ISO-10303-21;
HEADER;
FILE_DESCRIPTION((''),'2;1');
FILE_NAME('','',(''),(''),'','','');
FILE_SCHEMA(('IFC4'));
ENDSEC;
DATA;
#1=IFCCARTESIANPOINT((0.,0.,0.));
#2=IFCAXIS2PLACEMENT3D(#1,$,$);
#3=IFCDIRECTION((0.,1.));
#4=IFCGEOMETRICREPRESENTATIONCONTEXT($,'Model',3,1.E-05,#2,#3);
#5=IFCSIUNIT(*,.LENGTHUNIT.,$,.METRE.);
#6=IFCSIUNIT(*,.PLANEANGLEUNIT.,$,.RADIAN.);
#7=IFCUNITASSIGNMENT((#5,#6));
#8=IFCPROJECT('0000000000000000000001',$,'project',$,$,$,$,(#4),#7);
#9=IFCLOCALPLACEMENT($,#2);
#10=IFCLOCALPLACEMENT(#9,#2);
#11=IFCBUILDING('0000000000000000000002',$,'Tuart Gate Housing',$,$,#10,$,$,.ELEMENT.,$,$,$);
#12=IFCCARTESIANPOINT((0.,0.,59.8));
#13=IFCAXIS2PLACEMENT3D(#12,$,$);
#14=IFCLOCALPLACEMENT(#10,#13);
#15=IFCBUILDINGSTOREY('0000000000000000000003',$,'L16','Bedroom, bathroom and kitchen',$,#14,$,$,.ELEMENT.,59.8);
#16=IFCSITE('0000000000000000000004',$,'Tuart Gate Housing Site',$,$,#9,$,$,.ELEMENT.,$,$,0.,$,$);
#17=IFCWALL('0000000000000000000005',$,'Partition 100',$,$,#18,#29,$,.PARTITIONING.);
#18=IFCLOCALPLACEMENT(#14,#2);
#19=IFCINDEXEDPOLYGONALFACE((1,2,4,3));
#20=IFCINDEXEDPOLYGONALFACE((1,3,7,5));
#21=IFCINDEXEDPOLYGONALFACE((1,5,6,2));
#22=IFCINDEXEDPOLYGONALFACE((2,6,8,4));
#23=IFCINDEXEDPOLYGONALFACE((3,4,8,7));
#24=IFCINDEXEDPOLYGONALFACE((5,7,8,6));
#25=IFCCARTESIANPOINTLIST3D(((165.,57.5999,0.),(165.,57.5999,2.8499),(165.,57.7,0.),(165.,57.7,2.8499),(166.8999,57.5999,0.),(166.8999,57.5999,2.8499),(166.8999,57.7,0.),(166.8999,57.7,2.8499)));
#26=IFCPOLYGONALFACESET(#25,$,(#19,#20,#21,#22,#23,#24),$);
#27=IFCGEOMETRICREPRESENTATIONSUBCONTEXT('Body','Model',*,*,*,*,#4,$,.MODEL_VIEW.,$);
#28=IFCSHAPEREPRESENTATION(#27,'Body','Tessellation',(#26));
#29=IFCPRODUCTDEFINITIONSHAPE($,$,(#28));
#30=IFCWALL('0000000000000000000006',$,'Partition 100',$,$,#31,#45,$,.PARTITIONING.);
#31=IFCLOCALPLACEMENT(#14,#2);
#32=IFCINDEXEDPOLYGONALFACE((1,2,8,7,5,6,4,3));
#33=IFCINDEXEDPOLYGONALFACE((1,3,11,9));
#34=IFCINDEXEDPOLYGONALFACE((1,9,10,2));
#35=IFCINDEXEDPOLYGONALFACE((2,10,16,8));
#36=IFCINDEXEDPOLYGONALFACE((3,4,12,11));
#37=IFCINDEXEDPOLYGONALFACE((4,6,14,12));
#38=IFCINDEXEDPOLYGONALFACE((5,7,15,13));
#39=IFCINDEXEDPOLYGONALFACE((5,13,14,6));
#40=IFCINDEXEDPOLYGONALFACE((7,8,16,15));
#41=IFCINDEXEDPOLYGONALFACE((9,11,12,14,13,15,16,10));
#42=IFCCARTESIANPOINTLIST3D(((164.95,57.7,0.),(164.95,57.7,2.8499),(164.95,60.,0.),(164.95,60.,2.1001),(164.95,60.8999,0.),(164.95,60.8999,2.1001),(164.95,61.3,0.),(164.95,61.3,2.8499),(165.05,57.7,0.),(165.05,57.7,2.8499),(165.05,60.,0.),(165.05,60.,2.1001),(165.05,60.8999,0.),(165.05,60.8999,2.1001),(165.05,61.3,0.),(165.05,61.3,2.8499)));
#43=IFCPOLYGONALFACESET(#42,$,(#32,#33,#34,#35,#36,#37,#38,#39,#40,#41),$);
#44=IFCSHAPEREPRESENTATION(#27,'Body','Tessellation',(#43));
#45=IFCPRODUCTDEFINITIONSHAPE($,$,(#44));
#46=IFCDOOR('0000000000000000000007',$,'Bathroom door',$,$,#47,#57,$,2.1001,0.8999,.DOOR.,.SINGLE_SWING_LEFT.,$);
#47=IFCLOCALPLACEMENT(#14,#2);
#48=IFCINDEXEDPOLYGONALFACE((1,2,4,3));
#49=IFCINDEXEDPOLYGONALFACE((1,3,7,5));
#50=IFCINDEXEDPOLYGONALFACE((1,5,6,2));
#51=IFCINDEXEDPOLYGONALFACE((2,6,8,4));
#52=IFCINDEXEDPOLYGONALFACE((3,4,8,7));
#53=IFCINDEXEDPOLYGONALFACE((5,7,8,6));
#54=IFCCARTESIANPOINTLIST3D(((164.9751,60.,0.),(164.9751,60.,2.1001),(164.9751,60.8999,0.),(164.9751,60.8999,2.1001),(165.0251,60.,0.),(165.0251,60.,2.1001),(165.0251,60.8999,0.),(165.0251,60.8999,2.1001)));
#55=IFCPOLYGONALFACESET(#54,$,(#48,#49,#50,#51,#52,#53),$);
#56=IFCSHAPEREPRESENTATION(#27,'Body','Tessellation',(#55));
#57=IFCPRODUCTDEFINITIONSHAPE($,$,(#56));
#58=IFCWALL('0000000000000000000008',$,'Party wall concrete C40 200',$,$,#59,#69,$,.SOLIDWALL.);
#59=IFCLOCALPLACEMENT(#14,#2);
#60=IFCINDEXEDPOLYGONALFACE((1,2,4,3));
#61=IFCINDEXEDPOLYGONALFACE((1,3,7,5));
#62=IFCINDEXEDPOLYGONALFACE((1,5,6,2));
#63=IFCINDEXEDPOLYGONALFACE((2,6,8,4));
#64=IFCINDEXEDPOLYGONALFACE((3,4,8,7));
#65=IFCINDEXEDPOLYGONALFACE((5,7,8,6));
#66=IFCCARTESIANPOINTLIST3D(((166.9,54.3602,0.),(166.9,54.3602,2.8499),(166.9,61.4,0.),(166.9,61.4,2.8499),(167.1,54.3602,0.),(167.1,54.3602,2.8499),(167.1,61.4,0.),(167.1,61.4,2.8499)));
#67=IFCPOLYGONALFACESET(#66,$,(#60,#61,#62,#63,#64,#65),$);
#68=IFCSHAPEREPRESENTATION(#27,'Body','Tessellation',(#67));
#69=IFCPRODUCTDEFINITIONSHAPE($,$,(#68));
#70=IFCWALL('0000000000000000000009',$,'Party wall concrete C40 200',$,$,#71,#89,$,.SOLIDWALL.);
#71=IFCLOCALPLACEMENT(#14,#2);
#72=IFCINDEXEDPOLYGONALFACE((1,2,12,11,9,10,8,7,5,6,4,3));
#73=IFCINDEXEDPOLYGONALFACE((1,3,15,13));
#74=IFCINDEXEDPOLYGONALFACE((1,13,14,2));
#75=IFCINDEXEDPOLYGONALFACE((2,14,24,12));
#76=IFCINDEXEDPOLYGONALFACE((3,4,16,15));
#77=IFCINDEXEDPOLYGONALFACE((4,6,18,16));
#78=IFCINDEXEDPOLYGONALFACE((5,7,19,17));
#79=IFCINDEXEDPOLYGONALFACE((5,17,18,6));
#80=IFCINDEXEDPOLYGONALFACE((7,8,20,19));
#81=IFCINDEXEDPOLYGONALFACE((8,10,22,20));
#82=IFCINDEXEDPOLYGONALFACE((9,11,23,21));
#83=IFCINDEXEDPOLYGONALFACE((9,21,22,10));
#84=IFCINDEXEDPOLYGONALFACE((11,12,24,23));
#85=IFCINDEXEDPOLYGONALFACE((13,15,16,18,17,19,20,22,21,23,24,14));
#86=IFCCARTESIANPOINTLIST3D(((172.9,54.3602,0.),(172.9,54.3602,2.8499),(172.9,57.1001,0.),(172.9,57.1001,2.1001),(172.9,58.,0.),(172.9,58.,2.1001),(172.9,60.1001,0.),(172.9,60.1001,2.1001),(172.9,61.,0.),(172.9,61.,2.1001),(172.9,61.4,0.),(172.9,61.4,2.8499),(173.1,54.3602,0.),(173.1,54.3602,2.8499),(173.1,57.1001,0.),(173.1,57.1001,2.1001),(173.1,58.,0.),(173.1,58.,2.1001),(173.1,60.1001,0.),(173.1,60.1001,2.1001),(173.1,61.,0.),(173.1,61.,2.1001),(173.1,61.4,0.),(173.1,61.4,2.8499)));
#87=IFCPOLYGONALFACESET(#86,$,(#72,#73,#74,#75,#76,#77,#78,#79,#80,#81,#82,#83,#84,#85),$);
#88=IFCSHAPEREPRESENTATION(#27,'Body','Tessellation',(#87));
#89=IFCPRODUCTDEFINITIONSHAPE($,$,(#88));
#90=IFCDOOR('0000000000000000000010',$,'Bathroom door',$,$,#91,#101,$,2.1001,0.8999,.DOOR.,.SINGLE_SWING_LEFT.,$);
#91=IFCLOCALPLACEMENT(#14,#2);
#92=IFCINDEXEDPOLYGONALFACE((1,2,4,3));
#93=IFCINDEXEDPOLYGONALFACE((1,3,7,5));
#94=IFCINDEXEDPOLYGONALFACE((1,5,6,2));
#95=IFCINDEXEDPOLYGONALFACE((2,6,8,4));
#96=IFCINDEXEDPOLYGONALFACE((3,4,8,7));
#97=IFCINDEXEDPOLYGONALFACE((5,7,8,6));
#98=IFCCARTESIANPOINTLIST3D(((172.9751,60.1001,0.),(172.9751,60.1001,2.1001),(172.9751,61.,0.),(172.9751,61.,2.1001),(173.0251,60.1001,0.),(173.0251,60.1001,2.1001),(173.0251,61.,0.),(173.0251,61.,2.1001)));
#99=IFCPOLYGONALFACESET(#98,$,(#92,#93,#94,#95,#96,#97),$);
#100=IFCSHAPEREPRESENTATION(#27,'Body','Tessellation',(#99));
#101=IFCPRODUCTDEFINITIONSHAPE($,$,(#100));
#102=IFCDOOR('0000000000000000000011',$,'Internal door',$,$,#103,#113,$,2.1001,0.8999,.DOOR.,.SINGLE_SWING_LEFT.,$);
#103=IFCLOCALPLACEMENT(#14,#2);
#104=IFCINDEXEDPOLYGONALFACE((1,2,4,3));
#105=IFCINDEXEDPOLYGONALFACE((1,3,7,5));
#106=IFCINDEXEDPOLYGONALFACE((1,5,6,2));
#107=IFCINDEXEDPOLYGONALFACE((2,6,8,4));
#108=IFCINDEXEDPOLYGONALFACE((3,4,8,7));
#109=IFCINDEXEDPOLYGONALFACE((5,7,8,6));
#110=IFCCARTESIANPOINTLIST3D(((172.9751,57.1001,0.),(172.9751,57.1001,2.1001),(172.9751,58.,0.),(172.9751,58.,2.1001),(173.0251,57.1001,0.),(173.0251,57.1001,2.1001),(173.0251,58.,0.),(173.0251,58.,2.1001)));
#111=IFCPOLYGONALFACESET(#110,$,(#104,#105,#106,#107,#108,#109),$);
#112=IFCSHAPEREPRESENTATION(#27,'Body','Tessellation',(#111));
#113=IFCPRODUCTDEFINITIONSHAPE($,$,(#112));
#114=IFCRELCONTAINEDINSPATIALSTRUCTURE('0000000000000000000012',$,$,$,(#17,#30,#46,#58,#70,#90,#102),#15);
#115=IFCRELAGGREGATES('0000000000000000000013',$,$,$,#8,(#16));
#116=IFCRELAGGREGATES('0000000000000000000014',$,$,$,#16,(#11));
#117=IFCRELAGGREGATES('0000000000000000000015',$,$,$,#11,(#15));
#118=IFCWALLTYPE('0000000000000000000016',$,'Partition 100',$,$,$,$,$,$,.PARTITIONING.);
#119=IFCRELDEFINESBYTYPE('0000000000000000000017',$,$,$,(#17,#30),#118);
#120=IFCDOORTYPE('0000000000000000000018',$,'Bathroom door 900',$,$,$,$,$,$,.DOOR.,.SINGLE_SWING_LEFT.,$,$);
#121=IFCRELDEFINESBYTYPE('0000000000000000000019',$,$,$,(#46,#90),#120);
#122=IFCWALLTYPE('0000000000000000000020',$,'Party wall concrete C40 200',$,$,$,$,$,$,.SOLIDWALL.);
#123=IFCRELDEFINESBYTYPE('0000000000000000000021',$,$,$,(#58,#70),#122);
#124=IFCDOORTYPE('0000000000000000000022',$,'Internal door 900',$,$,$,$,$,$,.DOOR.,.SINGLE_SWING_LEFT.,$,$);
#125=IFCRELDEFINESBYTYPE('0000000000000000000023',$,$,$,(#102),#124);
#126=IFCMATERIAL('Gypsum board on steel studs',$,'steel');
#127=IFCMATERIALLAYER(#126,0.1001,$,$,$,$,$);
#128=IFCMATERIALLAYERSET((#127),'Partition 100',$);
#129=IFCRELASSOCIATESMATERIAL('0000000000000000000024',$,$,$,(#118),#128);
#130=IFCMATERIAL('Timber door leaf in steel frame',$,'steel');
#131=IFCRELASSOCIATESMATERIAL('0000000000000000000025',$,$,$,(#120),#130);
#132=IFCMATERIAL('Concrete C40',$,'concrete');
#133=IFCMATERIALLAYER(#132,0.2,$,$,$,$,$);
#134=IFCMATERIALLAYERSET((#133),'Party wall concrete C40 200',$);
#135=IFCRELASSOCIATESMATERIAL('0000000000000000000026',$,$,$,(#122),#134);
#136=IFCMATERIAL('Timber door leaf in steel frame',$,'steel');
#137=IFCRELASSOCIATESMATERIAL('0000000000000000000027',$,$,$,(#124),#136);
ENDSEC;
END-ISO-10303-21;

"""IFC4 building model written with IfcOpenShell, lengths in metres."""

from ifc_helpers import new_model, si_unit, direction, frame, frame_2d, origin, place, context, subcontext, project, spatial, rectangle, extrude, material, layer, layer_set, type_object, element, fill, save


model = new_model("IFC4")

# Units and contexts
model_context = context("Model", 3, precision=1e-05, world=origin(), true_north=direction((0.0, 1.0)))
body_context = subcontext(model_context, "Body", "Model", "MODEL_VIEW")
ifc_project = project(units=[si_unit("LENGTHUNIT", "METRE"), si_unit("PLANEANGLEUNIT", "RADIAN")], contexts=[model_context])

# Site, building, storey
site_placement = place(None, origin())
site = spatial("IfcSite", under=ifc_project, at=site_placement, Name="Tuart Gate Housing Site", CompositionType="ELEMENT", RefElevation=0.0)
building_placement = place(site_placement, origin())
building = spatial("IfcBuilding", under=site, at=building_placement, Name="Tuart Gate Housing", CompositionType="ELEMENT")
storey_placement = place(building_placement, frame((0.0, 0.0, 59.8)))
storey = spatial("IfcBuildingStorey", under=building, at=storey_placement, Name="L16", Description="Bedroom, bathroom and kitchen", CompositionType="ELEMENT", Elevation=59.8)

# Wall
ifc_material_1 = material(Name="Gypsum board on steel studs", Category="steel")
ifc_layer_1 = layer(ifc_material_1, 0.1001)
ifc_layer_set_1 = layer_set([ifc_layer_1], Name="Partition 100")
wall_type_1 = type_object("IfcWallType", Name="Partition 100", PredefinedType="PARTITIONING", material=ifc_layer_set_1)
wall_1_placement = place(storey_placement, frame((165.0, 57.6499, 0.0), z_axis=(0.0, 0.0, 1.0), x_axis=(1.0, 0.0, 0.0)))
element("IfcWall", 1, at=wall_1_placement, inside=storey, type_object=wall_type_1, Name="Partition 100", PredefinedType="PARTITIONING", context=body_context, shape_type="SweptSolid", body=[
    extrude(rectangle(XDim=1.8999, YDim=0.1001, at=frame_2d((0.95, 0.0))), origin(), (0.0, 0.0, 1.0), 2.8499),
])

# Wall, opening, door
wall_2_placement = place(storey_placement, frame((165.0, 57.7, 0.0), z_axis=(0.0, 0.0, 1.0), x_axis=(0.0, 1.0, 0.0)))
wall_2 = element("IfcWall", 2, at=wall_2_placement, inside=storey, type_object=wall_type_1, Name="Partition 100", PredefinedType="PARTITIONING", context=body_context, shape_type="SweptSolid", body=[
    extrude(rectangle(XDim=3.6001, YDim=0.1001, at=frame_2d((1.8, 0.0))), origin(), (0.0, 0.0, 1.0), 2.8499),
])
opening_1_placement = place(wall_2_placement, frame((2.3, 0.0, 0.0)))
opening_1 = element("IfcOpeningElement", 3, at=opening_1_placement, cuts=wall_2, PredefinedType="OPENING", context=body_context, shape_type="SweptSolid", body=[
    extrude(rectangle(XDim=0.8999, YDim=2.1001, at=frame_2d((0.45, 1.05))), frame((0.0, 0.0601, 0.0), z_axis=(0.0, -1.0, 0.0), x_axis=(1.0, 0.0, 0.0)), (0.0, 0.0, 1.0), 0.1201),
])
ifc_material_2 = material(Name="Timber door leaf in steel frame", Category="steel")
door_type_1 = type_object("IfcDoorType", Name="Bathroom door 900", OperationType="SINGLE_SWING_LEFT", PredefinedType="DOOR", material=ifc_material_2)
door_1_placement = place(opening_1_placement, frame((0.8999, 0.0, 0.0), z_axis=(0.0, 0.0, 1.0), x_axis=(-1.0, 0.0, 0.0)))
door_1 = element("IfcDoor", 4, at=door_1_placement, inside=storey, type_object=door_type_1, Name="Bathroom door", OperationType="SINGLE_SWING_LEFT", OverallHeight=2.1001, OverallWidth=0.8999, PredefinedType="DOOR", context=body_context, shape_type="SweptSolid", body=[
    extrude(rectangle(XDim=0.8999, YDim=2.1001, at=frame_2d((0.45, 1.05))), frame((0.0, 0.0251, 0.0), z_axis=(0.0, -1.0, 0.0), x_axis=(1.0, 0.0, 0.0)), (0.0, 0.0, 1.0), 0.05),
])
fill(opening_1, door_1)

# Wall
ifc_material_3 = material(Name="Concrete C40", Category="concrete")
ifc_layer_2 = layer(ifc_material_3, 0.2)
ifc_layer_set_2 = layer_set([ifc_layer_2], Name="Party wall concrete C40 200")
wall_type_2 = type_object("IfcWallType", Name="Party wall concrete C40 200", PredefinedType="SOLIDWALL", material=ifc_layer_set_2)
wall_3_placement = place(storey_placement, frame((167.0, 54.3601, 0.0), z_axis=(0.0, 0.0, 1.0), x_axis=(0.0, 1.0, 0.0)))
element("IfcWall", 5, at=wall_3_placement, inside=storey, type_object=wall_type_2, Name="Party wall concrete C40 200", PredefinedType="SOLIDWALL", context=body_context, shape_type="SweptSolid", body=[
    extrude(rectangle(XDim=7.0398, YDim=0.2, at=frame_2d((3.52, 0.0))), origin(), (0.0, 0.0, 1.0), 2.8499),
])

# Wall, openings, doors
wall_4_placement = place(storey_placement, frame((173.0, 54.3601, 0.0), z_axis=(0.0, 0.0, 1.0), x_axis=(0.0, 1.0, 0.0)))
wall_4 = element("IfcWall", 6, at=wall_4_placement, inside=storey, type_object=wall_type_2, Name="Party wall concrete C40 200", PredefinedType="SOLIDWALL", context=body_context, shape_type="SweptSolid", body=[
    extrude(rectangle(XDim=7.0398, YDim=0.2, at=frame_2d((3.52, 0.0))), origin(), (0.0, 0.0, 1.0), 2.8499),
])
opening_2_placement = place(wall_4_placement, frame((2.74, 0.0, 0.0)))
opening_2 = element("IfcOpeningElement", 7, at=opening_2_placement, cuts=wall_4, PredefinedType="OPENING", context=body_context, shape_type="SweptSolid", body=[
    extrude(rectangle(XDim=0.8999, YDim=2.1001, at=frame_2d((0.45, 1.05))), frame((0.0, 0.1099, 0.0), z_axis=(0.0, -1.0, 0.0), x_axis=(1.0, 0.0, 0.0)), (0.0, 0.0, 1.0), 0.22),
])
opening_3_placement = place(wall_4_placement, frame((5.74, 0.0, 0.0)))
opening_3 = element("IfcOpeningElement", 8, at=opening_3_placement, cuts=wall_4, PredefinedType="OPENING", context=body_context, shape_type="SweptSolid", body=[
    extrude(rectangle(XDim=0.8999, YDim=2.1001, at=frame_2d((0.45, 1.05))), frame((0.0, 0.1099, 0.0), z_axis=(0.0, -1.0, 0.0), x_axis=(1.0, 0.0, 0.0)), (0.0, 0.0, 1.0), 0.22),
])
door_2_placement = place(opening_3_placement, frame((0.8999, 0.0, 0.0), z_axis=(0.0, 0.0, 1.0), x_axis=(-1.0, 0.0, 0.0)))
door_2 = element("IfcDoor", 9, at=door_2_placement, inside=storey, type_object=door_type_1, Name="Bathroom door", OperationType="SINGLE_SWING_LEFT", OverallHeight=2.1001, OverallWidth=0.8999, PredefinedType="DOOR", context=body_context, shape_type="SweptSolid", body=[
    extrude(rectangle(XDim=0.8999, YDim=2.1001, at=frame_2d((0.45, 1.05))), frame((0.0, 0.0251, 0.0), z_axis=(0.0, -1.0, 0.0), x_axis=(1.0, 0.0, 0.0)), (0.0, 0.0, 1.0), 0.05),
])
fill(opening_3, door_2)
ifc_material_4 = material(Name="Timber door leaf in steel frame", Category="steel")
door_type_2 = type_object("IfcDoorType", Name="Internal door 900", OperationType="SINGLE_SWING_LEFT", PredefinedType="DOOR", material=ifc_material_4)
door_3_placement = place(opening_2_placement, frame((0.8999, 0.0, 0.0), z_axis=(0.0, 0.0, 1.0), x_axis=(-1.0, 0.0, 0.0)))
door_3 = element("IfcDoor", 10, at=door_3_placement, inside=storey, type_object=door_type_2, Name="Internal door", OperationType="SINGLE_SWING_LEFT", OverallHeight=2.1001, OverallWidth=0.8999, PredefinedType="DOOR", context=body_context, shape_type="SweptSolid", body=[
    extrude(rectangle(XDim=0.8999, YDim=2.1001, at=frame_2d((0.45, 1.05))), frame((0.0, 0.0251, 0.0), z_axis=(0.0, -1.0, 0.0), x_axis=(1.0, 0.0, 0.0)), (0.0, 0.0, 1.0), 0.05),
])
fill(opening_2, door_3)

save(model, "model.ifc")
